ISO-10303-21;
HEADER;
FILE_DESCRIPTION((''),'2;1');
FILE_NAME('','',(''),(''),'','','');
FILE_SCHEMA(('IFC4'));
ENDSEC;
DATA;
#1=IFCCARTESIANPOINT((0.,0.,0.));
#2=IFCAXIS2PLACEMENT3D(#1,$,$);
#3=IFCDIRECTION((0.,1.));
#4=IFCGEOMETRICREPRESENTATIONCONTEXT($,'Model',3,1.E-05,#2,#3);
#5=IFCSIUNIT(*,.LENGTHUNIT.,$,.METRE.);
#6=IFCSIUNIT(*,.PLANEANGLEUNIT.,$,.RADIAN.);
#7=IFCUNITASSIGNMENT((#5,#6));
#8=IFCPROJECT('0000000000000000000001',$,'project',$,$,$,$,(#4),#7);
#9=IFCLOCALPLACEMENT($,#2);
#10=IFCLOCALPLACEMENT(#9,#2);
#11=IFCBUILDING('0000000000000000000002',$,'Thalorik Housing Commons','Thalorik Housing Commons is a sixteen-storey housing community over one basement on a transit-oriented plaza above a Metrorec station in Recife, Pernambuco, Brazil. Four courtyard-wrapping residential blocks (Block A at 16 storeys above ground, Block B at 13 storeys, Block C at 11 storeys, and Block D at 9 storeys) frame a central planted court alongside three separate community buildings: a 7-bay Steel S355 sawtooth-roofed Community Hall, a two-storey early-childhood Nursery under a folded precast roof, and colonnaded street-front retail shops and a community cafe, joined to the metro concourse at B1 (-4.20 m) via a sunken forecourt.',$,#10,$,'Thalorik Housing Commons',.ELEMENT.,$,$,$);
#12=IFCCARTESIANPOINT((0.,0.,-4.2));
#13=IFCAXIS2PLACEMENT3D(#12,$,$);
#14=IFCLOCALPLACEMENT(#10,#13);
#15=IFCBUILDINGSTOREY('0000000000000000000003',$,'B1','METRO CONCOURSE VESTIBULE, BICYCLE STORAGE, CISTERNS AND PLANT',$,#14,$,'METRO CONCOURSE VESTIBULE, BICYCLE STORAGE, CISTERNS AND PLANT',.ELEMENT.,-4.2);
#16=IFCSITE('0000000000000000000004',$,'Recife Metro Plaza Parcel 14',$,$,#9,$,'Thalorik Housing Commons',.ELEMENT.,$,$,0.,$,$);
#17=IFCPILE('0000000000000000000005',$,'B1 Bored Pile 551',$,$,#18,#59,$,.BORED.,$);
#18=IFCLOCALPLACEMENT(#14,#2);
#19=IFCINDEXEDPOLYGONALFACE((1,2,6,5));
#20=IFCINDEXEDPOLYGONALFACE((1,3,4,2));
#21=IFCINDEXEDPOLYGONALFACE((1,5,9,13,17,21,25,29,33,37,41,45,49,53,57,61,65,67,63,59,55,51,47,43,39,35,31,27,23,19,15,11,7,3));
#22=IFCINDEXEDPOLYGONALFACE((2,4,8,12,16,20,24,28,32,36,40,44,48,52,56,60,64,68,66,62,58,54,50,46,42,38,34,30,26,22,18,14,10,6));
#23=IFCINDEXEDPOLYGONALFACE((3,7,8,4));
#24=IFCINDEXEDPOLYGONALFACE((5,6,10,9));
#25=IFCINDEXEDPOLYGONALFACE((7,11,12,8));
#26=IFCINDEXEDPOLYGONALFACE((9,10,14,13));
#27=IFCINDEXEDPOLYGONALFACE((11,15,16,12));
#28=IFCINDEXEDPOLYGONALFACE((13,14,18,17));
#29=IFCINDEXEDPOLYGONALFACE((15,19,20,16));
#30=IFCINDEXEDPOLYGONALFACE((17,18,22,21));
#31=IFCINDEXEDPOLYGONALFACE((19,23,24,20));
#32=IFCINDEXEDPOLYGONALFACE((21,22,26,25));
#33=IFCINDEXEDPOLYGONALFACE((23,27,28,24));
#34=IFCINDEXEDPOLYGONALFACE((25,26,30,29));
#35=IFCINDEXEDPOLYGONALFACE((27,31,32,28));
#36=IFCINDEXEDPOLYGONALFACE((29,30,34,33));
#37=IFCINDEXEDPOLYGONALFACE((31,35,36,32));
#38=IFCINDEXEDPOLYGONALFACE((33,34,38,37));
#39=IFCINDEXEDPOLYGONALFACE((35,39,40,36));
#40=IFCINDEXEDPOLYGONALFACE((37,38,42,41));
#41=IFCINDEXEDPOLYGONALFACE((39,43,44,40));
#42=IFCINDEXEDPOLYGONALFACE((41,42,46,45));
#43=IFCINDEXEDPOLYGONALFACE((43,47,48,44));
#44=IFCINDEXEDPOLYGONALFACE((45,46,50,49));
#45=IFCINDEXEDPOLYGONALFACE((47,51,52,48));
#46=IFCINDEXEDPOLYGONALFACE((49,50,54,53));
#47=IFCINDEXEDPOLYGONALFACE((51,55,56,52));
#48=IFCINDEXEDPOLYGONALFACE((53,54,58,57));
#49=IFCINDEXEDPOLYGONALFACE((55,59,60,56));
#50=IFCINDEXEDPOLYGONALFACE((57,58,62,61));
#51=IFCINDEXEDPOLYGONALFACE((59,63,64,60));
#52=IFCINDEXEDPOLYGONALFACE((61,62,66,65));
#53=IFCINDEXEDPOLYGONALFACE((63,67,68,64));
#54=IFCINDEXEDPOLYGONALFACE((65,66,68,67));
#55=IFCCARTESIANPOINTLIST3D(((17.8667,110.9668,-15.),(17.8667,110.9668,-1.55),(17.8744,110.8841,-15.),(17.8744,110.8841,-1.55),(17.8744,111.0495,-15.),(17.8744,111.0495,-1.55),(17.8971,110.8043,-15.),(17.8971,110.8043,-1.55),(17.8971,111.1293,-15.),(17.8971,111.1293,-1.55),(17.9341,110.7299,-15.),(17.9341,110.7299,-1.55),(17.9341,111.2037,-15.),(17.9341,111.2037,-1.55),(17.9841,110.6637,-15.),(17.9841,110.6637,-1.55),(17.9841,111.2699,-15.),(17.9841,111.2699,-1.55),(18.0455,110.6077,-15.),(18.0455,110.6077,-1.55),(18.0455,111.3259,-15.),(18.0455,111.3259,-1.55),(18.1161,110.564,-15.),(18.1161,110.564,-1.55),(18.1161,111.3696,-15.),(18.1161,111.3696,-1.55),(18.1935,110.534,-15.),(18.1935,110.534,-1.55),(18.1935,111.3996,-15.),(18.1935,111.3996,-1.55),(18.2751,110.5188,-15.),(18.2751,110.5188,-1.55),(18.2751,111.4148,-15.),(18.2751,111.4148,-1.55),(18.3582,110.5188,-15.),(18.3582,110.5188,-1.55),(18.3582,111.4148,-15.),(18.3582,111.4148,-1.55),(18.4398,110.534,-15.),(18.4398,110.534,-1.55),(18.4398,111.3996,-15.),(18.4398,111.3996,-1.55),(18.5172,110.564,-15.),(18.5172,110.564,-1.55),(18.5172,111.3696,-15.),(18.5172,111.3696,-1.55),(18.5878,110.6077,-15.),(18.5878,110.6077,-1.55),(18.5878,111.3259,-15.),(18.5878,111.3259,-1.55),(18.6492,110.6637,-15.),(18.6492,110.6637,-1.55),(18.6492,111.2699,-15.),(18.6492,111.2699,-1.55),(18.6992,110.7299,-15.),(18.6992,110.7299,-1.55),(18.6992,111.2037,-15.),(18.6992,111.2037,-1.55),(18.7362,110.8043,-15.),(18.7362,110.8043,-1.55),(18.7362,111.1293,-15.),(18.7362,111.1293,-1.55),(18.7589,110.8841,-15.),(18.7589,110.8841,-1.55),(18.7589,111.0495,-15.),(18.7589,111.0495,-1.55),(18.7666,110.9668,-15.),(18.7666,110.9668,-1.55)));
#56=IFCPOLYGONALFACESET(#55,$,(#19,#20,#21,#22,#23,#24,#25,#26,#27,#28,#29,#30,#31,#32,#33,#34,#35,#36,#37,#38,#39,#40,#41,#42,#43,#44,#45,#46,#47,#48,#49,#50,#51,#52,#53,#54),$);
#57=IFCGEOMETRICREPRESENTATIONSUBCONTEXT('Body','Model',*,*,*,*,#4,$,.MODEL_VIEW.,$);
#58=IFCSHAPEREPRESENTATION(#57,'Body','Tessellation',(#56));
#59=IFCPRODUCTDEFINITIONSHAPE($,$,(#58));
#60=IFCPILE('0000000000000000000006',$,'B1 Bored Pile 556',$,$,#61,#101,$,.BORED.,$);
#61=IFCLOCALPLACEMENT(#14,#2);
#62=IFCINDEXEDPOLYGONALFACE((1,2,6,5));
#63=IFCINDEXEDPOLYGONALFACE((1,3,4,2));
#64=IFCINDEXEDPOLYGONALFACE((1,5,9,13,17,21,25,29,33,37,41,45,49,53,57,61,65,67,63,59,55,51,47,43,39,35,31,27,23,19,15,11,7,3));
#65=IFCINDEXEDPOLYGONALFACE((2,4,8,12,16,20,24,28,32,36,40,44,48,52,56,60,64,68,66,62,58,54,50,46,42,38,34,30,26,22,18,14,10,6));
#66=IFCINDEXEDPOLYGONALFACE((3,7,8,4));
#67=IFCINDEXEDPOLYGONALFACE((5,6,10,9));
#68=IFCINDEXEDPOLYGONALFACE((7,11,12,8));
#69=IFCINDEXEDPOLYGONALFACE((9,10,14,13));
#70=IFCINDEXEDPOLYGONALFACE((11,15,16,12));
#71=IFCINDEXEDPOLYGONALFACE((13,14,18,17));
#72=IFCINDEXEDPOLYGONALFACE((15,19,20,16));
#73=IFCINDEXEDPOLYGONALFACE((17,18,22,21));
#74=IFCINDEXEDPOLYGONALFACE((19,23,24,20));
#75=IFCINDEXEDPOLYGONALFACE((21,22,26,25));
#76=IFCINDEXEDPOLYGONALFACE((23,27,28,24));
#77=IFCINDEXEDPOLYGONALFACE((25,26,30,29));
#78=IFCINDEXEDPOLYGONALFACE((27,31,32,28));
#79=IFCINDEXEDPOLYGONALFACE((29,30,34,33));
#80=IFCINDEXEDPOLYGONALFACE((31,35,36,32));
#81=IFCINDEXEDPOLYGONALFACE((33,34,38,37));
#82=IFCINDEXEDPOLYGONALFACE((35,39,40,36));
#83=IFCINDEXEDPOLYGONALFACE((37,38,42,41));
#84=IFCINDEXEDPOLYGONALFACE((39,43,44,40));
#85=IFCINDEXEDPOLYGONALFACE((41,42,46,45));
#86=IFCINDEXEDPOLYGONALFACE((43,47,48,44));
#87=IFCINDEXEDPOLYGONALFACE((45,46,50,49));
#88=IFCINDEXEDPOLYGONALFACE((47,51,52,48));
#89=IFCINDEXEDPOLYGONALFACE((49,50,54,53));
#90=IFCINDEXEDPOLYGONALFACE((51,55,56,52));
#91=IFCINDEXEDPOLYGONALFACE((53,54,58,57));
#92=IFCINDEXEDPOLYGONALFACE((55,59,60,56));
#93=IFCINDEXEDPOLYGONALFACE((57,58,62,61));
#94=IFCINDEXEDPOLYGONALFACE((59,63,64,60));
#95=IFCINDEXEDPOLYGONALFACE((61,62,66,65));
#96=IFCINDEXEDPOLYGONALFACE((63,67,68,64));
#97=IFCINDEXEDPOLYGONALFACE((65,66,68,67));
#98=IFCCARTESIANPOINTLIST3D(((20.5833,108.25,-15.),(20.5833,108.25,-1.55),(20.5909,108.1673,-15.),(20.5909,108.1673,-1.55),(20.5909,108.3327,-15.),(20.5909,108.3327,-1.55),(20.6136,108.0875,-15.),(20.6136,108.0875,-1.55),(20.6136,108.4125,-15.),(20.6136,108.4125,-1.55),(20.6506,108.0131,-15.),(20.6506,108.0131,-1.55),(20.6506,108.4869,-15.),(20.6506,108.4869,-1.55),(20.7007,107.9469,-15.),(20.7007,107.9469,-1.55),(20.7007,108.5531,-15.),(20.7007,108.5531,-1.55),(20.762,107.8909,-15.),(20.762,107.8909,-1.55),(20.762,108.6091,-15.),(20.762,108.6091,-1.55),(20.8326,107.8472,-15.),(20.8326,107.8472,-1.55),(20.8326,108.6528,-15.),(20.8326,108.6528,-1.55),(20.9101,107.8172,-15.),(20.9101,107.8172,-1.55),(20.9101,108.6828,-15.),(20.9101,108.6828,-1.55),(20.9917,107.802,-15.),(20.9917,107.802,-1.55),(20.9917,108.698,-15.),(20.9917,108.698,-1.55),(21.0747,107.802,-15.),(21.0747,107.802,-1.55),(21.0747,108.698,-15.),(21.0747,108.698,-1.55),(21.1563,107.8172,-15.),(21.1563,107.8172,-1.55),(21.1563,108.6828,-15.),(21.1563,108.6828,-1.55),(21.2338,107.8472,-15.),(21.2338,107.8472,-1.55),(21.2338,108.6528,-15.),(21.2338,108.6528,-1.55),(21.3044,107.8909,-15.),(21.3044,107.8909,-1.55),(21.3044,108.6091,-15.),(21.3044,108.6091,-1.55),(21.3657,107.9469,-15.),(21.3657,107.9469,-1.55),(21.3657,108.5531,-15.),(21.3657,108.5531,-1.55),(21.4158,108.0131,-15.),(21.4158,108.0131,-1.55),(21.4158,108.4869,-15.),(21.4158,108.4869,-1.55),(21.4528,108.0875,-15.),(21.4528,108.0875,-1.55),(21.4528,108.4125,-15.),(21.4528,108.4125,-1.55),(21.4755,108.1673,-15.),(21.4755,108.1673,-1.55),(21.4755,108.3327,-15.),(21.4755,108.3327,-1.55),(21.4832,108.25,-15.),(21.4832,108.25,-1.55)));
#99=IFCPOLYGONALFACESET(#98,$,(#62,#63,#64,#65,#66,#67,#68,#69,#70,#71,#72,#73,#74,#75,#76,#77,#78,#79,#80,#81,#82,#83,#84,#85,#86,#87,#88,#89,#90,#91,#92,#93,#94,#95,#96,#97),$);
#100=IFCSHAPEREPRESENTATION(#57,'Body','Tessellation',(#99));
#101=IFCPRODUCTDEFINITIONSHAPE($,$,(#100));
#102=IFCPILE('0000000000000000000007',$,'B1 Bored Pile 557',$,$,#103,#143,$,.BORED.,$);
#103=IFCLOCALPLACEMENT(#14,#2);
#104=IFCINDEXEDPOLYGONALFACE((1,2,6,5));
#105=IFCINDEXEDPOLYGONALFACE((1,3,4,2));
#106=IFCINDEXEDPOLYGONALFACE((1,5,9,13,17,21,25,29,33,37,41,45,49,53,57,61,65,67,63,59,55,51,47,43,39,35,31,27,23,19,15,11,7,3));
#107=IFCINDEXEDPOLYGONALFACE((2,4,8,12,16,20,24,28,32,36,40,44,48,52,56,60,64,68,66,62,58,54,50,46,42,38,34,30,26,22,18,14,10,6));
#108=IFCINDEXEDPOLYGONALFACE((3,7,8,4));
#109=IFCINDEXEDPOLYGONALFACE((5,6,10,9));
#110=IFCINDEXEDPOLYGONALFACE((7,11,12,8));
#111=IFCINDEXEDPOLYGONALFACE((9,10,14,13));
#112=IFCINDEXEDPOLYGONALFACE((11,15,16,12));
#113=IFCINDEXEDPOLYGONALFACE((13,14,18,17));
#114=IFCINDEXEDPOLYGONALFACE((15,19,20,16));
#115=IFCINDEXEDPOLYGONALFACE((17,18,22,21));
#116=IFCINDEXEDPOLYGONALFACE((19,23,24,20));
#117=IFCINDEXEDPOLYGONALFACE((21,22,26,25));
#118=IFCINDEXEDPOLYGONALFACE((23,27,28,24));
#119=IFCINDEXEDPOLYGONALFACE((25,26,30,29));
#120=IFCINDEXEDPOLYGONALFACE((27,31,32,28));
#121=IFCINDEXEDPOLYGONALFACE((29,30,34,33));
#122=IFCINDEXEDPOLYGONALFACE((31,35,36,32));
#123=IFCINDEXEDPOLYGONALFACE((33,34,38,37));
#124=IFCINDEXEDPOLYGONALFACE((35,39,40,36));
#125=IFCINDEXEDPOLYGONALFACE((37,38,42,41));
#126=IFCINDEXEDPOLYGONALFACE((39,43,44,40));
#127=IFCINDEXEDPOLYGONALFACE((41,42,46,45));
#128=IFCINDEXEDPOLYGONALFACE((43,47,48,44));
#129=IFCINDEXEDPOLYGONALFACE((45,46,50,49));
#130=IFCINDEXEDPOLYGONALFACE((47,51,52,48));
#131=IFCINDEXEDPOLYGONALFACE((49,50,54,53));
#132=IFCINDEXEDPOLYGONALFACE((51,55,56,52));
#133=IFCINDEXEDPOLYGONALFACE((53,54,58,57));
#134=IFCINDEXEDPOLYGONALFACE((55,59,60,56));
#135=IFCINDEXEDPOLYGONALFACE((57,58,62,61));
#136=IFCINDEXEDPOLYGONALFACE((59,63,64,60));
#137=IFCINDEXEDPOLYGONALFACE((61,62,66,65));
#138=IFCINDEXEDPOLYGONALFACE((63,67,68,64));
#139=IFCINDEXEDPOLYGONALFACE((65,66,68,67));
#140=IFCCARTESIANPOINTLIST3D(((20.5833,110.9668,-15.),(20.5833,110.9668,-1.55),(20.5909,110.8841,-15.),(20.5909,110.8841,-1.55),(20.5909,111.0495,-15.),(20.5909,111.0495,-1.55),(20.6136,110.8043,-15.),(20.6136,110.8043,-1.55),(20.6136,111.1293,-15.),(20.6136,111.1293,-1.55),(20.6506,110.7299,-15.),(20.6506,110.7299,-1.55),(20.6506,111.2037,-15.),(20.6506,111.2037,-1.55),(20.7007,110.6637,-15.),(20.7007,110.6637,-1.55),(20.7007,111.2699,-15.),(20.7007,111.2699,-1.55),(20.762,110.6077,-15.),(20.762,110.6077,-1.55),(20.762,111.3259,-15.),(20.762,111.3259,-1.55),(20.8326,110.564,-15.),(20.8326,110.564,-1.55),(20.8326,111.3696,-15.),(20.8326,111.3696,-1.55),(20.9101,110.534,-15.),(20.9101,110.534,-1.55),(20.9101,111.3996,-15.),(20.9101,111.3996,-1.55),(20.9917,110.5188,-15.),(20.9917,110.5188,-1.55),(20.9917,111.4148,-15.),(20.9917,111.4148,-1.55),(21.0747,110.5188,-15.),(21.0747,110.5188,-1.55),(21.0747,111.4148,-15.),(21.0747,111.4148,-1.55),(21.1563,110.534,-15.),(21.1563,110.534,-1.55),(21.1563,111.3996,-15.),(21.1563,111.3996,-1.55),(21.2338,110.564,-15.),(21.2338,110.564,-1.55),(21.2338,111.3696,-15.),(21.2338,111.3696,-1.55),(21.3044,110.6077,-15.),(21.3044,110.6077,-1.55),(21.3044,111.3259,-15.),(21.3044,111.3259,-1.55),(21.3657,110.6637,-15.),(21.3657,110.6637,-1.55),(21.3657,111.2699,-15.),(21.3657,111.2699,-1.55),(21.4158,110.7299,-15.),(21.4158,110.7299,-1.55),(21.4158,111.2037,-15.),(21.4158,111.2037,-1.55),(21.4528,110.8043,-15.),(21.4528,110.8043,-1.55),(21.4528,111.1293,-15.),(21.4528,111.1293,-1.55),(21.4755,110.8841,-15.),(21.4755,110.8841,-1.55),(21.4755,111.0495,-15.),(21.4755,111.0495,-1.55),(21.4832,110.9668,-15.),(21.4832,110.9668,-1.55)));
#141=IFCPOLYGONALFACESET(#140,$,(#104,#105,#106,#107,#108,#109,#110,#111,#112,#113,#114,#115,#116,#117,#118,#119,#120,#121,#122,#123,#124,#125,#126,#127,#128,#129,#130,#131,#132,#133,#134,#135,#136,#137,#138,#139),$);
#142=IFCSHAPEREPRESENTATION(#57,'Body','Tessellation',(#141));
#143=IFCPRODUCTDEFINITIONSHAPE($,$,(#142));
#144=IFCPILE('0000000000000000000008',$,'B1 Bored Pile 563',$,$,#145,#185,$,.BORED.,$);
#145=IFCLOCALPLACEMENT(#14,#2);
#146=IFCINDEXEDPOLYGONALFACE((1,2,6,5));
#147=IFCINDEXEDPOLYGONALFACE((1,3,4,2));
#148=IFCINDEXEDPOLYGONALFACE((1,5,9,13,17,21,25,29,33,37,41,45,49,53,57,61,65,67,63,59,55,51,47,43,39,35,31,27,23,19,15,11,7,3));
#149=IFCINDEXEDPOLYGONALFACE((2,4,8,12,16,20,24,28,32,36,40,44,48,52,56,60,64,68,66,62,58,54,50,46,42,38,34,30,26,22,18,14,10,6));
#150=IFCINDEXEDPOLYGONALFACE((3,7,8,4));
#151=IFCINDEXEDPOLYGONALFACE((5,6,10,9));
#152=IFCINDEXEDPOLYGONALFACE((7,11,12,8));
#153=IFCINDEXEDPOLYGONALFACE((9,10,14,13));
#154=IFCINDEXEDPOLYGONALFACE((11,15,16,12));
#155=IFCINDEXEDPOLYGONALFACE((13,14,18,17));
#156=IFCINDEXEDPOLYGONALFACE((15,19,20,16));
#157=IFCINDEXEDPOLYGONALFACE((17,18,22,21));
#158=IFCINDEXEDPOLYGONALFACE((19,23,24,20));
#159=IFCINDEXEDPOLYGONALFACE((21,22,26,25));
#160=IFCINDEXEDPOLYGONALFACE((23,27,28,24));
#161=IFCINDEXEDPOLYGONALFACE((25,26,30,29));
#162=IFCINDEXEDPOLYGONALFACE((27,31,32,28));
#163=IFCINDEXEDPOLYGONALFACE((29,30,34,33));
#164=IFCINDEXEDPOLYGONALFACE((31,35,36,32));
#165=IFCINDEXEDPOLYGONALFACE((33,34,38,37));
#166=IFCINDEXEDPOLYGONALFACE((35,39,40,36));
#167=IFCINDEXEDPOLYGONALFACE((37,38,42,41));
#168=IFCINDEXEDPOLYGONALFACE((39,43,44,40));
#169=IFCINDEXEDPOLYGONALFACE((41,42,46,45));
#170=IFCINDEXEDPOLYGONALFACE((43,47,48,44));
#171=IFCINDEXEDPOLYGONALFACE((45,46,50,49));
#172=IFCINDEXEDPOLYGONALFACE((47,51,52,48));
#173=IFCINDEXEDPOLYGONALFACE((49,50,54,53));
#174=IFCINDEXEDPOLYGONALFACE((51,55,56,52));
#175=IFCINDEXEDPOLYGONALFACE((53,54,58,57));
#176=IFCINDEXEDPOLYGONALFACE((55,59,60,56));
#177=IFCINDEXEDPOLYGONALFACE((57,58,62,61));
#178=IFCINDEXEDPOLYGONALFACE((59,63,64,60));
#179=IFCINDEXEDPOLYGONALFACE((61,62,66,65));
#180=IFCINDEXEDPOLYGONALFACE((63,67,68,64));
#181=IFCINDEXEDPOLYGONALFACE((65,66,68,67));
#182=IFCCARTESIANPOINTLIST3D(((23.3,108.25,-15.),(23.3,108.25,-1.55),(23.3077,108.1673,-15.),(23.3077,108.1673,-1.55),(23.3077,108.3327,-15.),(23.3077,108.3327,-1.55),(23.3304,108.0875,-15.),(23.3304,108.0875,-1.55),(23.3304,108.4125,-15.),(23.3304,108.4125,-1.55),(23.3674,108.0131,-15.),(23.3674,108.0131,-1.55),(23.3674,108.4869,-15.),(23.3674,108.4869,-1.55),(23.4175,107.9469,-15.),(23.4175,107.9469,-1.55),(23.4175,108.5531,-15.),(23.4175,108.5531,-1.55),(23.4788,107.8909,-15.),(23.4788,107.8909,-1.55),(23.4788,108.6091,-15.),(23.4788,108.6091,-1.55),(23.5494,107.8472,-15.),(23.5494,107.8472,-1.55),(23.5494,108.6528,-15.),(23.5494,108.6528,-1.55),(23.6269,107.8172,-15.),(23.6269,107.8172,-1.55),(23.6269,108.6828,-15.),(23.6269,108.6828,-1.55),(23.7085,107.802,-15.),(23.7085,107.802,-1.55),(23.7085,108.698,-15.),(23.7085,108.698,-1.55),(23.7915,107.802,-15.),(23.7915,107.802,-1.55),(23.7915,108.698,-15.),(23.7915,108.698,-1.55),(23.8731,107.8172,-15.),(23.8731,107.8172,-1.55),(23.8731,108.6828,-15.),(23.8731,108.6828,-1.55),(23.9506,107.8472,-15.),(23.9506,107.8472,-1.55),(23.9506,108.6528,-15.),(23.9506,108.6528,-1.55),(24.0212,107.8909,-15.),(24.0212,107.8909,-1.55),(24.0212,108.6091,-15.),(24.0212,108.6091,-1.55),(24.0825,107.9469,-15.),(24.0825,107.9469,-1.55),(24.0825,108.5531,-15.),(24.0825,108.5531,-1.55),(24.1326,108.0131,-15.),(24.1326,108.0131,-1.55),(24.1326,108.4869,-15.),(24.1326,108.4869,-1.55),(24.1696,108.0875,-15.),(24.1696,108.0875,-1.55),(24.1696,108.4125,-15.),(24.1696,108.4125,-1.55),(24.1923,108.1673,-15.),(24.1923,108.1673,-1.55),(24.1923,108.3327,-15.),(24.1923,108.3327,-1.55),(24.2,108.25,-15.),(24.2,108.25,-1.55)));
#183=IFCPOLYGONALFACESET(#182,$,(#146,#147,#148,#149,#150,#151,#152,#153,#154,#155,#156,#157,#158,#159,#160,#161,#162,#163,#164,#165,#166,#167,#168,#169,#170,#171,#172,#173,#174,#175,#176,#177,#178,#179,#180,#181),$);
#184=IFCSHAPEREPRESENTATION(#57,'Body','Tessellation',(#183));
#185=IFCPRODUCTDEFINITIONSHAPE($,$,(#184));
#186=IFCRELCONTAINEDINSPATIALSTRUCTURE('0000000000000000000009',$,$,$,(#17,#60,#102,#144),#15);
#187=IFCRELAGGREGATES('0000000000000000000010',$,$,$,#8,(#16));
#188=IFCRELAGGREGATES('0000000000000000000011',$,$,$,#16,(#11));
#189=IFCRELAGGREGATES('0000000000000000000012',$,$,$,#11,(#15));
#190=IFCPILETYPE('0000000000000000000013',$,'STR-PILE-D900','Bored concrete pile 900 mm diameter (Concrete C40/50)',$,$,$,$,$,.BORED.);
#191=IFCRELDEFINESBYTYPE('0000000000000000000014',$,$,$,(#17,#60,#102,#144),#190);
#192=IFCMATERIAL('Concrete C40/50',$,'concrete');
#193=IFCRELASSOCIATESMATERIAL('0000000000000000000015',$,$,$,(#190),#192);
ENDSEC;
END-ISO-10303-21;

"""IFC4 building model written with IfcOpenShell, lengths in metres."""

from ifc_helpers import new_model, si_unit, direction, frame, origin, origin_2d, place, context, subcontext, project, spatial, circle, extrude, material, material_profile, profile_set, type_object, element, save


model = new_model("IFC4")

# Units and contexts
model_context = context("Model", 3, precision=1e-05, world=origin(), true_north=direction((0.0, 1.0)))
body_context = subcontext(model_context, "Body", "Model", "MODEL_VIEW")
ifc_project = project(units=[si_unit("LENGTHUNIT", "METRE"), si_unit("PLANEANGLEUNIT", "RADIAN")], contexts=[model_context])

# Site, building, storey
site_placement = place(None, origin())
site = spatial("IfcSite", under=ifc_project, at=site_placement, Name="Recife Metro Plaza Parcel 14", LongName="Thalorik Housing Commons", CompositionType="ELEMENT", RefElevation=0.0)
building_placement = place(site_placement, origin())
building = spatial("IfcBuilding", under=site, at=building_placement, Name="Thalorik Housing Commons", Description="Thalorik Housing Commons is a sixteen-storey housing community over one basement on a transit-oriented plaza above a Metrorec station in Recife, Pernambuco, Brazil. Four courtyard-wrapping residential blocks (Block A at 16 storeys above ground, Block B at 13 storeys, Block C at 11 storeys, and Block D at 9 storeys) frame a central planted court alongside three separate community buildings: a 7-bay Steel S355 sawtooth-roofed Community Hall, a two-storey early-childhood Nursery under a folded precast roof, and colonnaded street-front retail shops and a community cafe, joined to the metro concourse at B1 (-4.20 m) via a sunken forecourt.", LongName="Thalorik Housing Commons", CompositionType="ELEMENT")
storey_placement = place(building_placement, frame((0.0, 0.0, -4.2)))
storey = spatial("IfcBuildingStorey", under=building, at=storey_placement, Name="B1", Description="METRO CONCOURSE VESTIBULE, BICYCLE STORAGE, CISTERNS AND PLANT", LongName="METRO CONCOURSE VESTIBULE, BICYCLE STORAGE, CISTERNS AND PLANT", CompositionType="ELEMENT", Elevation=-4.2)

# Shared definitions
ifc_material_1 = material(Name="Concrete C40/50", Category="concrete")

# Piles
ifc_material_profile_1 = material_profile(ifc_material_1, circle(Radius=0.45, at=origin_2d()), Name="BORED PILE D900", Category="concrete")
ifc_profile_set_1 = profile_set([ifc_material_profile_1], Name="Concrete C40/50")
pile_type_1 = type_object("IfcPileType", Name="STR-PILE-D900", Description="Bored concrete pile 900 mm diameter (Concrete C40/50)", PredefinedType="BORED", material=ifc_profile_set_1)
for number, where, z_axis, x_axis, name in (
    (1, (18.3167, 110.9668, -1.55), (0.0, 0.0, -1.0), (1.0, 0.0, 0.0), "B1 Bored Pile 551"),
    (2, (21.0332, 108.25, -1.55), (0.0, 0.0, -1.0), (1.0, 0.0, 0.0), "B1 Bored Pile 556"),
    (3, (21.0332, 110.9668, -1.55), (0.0, 0.0, -1.0), (1.0, 0.0, 0.0), "B1 Bored Pile 557"),
    (4, (23.75, 108.25, -1.55), (0.0, 0.0, -1.0), (1.0, 0.0, 0.0), "B1 Bored Pile 563"),
):
    element("IfcPile", number, at=place(storey_placement, frame(where, z_axis=z_axis, x_axis=x_axis)), inside=storey, type_object=pile_type_1, Name=name, PredefinedType="BORED", context=body_context, shape_type="SweptSolid", body=[
        extrude(circle(Radius=0.45, at=origin_2d()), origin(), (0.0, 0.0, 1.0), 13.45),
    ])

save(model, "model.ifc")
